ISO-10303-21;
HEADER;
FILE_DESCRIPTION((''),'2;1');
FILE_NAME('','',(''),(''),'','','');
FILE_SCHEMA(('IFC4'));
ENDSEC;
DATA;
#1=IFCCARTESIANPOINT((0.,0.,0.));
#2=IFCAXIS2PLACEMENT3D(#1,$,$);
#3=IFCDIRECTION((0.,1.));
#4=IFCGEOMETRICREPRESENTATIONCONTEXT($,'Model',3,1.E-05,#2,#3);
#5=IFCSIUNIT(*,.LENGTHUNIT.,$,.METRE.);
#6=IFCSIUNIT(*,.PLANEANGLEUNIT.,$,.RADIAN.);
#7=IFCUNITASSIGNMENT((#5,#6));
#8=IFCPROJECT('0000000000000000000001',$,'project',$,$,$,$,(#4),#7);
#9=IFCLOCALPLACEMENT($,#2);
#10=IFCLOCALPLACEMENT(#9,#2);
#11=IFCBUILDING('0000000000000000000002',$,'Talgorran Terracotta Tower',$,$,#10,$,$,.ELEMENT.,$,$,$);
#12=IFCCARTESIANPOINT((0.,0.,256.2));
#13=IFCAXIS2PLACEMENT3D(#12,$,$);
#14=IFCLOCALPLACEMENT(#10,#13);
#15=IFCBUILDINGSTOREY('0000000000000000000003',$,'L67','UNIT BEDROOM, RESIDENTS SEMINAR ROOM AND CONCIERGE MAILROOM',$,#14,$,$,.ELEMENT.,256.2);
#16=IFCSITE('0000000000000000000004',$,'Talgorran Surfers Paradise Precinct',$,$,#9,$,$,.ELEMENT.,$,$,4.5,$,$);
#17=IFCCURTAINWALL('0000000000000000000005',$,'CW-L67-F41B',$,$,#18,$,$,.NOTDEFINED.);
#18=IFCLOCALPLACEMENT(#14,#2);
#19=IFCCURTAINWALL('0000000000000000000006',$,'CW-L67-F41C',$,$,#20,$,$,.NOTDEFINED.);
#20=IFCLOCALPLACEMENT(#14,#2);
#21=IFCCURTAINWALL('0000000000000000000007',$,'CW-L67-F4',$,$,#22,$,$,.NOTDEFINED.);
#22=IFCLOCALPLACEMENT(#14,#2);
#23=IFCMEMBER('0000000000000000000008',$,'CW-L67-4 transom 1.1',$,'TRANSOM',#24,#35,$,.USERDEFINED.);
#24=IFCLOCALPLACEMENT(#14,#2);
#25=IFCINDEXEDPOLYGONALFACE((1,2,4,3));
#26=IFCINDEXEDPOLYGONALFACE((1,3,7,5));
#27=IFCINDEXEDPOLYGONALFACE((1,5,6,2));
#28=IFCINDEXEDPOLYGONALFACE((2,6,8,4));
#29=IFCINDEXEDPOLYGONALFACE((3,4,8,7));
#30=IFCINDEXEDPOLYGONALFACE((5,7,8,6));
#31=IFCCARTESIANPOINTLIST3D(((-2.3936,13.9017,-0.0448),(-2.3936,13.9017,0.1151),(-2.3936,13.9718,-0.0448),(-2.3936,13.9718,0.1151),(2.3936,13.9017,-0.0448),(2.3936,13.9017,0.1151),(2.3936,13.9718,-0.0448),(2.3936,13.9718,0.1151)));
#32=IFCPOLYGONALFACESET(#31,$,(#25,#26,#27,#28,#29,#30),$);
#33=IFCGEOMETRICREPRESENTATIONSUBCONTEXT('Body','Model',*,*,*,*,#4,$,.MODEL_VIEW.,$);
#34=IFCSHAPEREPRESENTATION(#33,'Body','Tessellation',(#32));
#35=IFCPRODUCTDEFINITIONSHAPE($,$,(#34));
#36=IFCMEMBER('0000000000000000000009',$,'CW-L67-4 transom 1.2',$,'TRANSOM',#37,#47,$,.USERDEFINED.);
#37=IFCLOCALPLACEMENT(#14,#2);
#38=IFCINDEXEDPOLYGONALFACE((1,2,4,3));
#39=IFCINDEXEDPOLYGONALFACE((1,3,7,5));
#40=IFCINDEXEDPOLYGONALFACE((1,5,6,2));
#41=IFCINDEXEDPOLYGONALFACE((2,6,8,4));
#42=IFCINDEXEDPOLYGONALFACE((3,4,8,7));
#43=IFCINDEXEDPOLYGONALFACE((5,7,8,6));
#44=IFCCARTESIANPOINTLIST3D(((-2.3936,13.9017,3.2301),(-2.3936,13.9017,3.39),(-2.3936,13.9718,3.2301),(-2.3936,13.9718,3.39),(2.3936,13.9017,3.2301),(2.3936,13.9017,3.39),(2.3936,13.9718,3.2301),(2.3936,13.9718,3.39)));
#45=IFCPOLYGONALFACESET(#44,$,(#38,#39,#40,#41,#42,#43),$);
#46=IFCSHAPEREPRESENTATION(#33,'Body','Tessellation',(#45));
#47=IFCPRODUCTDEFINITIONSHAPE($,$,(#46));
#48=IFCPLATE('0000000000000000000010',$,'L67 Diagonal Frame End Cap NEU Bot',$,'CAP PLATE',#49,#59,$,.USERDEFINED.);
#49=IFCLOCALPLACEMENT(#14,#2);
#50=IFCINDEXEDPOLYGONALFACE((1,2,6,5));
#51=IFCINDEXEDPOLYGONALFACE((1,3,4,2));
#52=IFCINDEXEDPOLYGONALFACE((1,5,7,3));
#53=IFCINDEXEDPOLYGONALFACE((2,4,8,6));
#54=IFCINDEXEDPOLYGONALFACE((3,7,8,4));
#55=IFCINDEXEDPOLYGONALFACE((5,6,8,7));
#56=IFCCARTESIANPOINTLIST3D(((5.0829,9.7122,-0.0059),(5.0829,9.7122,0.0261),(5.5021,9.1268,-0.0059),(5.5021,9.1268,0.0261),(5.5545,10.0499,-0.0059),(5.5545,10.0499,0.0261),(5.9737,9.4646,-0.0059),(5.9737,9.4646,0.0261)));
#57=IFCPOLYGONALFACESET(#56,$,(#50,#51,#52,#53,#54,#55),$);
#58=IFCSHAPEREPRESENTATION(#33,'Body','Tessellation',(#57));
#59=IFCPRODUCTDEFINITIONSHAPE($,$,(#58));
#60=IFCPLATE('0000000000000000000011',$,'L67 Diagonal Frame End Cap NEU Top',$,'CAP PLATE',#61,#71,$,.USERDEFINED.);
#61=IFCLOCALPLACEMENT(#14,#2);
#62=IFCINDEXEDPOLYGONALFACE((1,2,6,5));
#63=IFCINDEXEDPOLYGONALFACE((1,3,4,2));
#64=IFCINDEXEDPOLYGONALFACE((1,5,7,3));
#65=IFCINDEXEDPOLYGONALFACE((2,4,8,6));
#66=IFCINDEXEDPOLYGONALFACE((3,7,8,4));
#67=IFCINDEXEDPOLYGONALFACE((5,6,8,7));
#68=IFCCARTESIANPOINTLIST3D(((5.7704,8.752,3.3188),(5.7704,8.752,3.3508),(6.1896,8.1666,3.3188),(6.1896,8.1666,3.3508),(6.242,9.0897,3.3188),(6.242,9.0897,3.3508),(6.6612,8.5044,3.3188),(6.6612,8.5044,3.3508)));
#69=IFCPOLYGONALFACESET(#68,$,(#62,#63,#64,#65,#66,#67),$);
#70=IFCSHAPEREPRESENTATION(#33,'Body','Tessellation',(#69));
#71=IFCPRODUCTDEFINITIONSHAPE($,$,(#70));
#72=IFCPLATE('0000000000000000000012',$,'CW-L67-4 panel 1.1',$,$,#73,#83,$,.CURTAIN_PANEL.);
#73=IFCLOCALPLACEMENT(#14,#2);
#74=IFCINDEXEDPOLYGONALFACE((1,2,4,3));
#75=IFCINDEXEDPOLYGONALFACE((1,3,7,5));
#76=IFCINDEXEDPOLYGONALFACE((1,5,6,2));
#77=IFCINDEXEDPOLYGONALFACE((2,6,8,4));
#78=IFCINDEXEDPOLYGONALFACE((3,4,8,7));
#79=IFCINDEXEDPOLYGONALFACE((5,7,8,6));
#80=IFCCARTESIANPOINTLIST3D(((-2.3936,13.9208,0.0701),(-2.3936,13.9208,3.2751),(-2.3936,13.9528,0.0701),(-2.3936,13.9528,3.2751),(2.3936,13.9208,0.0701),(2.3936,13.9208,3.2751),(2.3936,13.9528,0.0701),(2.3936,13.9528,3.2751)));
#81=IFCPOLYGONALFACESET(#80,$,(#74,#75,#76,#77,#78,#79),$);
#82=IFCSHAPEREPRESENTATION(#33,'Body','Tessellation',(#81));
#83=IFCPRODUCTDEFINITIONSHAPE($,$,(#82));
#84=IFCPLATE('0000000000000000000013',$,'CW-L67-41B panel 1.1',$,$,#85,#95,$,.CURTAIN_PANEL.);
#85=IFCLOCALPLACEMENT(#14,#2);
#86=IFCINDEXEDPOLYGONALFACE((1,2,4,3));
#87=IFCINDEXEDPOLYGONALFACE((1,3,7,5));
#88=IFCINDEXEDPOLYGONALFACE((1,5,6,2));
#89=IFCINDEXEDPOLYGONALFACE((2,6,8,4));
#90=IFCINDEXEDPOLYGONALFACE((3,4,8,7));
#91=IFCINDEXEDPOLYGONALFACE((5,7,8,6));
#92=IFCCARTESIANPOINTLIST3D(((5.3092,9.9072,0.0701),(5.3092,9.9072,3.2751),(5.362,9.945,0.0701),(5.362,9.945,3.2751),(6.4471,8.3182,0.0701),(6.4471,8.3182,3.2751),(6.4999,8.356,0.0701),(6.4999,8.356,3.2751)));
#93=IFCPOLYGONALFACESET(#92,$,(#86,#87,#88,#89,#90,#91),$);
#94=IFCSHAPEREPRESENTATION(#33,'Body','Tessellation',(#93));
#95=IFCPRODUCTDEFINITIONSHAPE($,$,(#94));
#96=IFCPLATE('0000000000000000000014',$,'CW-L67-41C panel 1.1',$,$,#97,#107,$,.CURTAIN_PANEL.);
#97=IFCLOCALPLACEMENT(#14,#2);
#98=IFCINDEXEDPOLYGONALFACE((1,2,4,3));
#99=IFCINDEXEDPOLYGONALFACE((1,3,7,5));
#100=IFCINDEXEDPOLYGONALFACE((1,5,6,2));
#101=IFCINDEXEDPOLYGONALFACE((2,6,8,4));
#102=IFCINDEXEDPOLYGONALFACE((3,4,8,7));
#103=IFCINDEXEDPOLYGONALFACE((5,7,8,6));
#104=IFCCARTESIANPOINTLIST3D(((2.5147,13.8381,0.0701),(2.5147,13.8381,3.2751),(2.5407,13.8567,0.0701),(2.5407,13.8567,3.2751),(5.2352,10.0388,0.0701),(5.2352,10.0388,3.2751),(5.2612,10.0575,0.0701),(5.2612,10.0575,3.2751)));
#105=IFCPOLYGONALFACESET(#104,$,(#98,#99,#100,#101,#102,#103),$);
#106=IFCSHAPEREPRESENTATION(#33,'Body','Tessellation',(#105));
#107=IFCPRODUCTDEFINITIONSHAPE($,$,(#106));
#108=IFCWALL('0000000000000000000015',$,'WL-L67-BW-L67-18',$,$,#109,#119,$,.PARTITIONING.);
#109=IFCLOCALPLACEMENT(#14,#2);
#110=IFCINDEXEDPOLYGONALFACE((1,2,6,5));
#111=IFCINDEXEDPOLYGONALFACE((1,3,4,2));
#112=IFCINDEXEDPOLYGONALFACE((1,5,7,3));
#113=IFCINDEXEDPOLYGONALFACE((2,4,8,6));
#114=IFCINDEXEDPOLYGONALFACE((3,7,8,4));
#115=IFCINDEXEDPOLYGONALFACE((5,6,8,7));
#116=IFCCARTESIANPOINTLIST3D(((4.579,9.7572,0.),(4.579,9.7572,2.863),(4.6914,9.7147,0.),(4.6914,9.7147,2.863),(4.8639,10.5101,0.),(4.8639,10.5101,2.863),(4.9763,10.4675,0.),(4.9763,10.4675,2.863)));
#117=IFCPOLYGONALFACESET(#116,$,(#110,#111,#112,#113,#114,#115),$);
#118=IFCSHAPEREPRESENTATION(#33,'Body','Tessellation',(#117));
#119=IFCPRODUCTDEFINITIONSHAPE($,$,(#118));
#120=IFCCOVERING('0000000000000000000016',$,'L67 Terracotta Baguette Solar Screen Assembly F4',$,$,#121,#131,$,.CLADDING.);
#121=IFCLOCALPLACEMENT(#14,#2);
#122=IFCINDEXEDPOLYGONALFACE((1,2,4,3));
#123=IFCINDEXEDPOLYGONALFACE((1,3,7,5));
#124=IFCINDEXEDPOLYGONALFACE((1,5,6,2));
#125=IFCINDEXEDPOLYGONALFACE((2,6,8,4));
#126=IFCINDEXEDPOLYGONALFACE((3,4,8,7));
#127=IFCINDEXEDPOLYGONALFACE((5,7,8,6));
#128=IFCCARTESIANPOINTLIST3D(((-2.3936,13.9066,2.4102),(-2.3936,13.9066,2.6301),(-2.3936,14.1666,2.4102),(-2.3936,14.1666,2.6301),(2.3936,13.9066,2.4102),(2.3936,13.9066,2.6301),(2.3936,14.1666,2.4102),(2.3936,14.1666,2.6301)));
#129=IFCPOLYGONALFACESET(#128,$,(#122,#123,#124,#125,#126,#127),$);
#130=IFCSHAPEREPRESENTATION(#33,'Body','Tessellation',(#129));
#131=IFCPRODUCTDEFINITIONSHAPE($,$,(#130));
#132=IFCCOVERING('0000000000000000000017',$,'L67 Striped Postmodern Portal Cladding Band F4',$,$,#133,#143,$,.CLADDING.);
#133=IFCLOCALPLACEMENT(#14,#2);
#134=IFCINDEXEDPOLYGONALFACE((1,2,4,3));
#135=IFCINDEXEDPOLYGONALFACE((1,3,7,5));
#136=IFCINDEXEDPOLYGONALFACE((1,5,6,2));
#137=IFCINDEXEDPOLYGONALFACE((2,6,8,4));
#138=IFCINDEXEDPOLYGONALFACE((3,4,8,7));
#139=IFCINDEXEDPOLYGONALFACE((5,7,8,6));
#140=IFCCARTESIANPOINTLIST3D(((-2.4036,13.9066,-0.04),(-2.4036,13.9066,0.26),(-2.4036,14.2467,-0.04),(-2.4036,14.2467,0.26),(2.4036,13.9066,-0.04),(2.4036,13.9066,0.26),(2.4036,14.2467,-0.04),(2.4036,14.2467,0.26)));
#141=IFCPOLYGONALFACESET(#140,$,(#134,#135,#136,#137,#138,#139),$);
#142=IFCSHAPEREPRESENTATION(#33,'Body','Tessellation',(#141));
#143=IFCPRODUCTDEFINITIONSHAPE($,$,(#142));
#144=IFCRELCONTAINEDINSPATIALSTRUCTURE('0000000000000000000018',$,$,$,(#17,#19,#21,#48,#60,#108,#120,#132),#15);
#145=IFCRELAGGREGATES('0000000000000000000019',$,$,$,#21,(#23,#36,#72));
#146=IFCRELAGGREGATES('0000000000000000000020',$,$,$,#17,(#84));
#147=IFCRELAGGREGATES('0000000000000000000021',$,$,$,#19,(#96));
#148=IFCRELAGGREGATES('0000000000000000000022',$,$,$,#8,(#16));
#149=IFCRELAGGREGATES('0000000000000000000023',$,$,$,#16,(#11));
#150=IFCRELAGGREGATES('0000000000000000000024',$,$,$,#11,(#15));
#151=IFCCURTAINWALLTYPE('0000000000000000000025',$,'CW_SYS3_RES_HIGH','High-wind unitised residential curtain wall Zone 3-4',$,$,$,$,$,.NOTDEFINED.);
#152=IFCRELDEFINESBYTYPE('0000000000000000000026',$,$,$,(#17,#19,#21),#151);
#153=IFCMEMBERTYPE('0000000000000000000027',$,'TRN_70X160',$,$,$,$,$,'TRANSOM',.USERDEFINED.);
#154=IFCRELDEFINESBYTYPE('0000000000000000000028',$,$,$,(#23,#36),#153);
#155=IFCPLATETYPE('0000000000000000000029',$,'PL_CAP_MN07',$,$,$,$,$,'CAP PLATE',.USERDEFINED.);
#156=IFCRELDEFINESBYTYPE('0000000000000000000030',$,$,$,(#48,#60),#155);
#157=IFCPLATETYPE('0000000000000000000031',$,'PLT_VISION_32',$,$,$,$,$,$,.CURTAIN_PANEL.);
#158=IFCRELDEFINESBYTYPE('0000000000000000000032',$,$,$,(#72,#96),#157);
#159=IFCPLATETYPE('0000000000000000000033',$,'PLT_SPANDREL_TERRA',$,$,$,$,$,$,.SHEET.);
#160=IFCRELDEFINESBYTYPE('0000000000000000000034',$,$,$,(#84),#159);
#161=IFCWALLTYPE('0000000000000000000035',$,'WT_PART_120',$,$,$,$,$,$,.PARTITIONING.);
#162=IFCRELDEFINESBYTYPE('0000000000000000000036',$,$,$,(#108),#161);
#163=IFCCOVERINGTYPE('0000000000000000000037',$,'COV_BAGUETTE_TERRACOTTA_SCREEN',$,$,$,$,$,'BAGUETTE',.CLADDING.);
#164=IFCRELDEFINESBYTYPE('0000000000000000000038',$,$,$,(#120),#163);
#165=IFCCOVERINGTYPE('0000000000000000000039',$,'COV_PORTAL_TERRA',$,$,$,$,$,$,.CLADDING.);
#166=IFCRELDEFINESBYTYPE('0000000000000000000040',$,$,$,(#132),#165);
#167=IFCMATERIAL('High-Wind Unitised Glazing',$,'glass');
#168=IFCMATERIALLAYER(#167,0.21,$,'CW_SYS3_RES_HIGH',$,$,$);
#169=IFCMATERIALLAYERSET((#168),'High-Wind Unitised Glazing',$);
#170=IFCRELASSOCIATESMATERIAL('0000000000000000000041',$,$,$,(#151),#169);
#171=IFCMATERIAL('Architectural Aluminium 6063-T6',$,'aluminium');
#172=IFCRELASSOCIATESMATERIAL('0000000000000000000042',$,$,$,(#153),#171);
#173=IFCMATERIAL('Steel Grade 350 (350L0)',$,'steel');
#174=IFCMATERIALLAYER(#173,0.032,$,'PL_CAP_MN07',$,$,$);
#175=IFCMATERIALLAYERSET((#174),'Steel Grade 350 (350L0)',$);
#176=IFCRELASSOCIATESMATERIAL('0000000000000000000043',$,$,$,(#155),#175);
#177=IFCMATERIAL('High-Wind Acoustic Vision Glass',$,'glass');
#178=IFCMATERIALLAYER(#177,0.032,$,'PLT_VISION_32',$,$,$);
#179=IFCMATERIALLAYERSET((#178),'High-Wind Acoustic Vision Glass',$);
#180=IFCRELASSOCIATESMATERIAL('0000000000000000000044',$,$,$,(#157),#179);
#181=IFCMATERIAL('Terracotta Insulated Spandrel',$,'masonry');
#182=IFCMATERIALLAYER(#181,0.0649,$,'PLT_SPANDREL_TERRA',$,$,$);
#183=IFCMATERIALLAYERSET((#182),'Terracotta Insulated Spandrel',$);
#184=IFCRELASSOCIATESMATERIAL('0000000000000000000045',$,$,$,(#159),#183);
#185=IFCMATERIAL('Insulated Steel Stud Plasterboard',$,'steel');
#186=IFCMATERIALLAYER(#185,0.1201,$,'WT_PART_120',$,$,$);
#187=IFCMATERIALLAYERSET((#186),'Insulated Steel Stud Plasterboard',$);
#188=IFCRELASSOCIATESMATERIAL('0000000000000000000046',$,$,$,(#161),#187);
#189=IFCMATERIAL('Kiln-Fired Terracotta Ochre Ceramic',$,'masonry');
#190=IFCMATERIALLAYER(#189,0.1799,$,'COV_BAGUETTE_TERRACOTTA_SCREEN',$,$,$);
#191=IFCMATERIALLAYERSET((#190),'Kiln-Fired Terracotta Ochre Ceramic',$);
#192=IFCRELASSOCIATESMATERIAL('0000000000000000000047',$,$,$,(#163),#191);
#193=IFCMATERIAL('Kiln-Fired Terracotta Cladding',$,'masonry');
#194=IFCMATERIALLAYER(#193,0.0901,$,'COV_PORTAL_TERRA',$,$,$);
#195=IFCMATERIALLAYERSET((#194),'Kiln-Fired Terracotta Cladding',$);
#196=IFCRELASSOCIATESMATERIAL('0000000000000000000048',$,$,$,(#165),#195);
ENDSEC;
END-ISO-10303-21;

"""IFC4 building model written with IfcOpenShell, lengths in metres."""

from ifc_helpers import new_model, si_unit, direction, frame, frame_2d, origin, origin_2d, place, context, subcontext, project, spatial, rectangle, extrude, source, transform, mapped, material, layer, layer_set, material_profile, profile_set, type_object, type_shapes, element, aggregate, save


model = new_model("IFC4")

# Units and contexts
model_context = context("Model", 3, precision=1e-05, world=origin(), true_north=direction((0.0, 1.0)))
body_context = subcontext(model_context, "Body", "Model", "MODEL_VIEW")
ifc_project = project(units=[si_unit("LENGTHUNIT", "METRE"), si_unit("PLANEANGLEUNIT", "RADIAN")], contexts=[model_context])

# Site, building, storey
site_placement = place(None, origin())
site = spatial("IfcSite", under=ifc_project, at=site_placement, Name="Talgorran Surfers Paradise Precinct", CompositionType="ELEMENT", RefElevation=4.5)
building_placement = place(site_placement, origin())
building = spatial("IfcBuilding", under=site, at=building_placement, Name="Talgorran Terracotta Tower", CompositionType="ELEMENT")
storey_placement = place(building_placement, frame((0.0, 0.0, 256.2)))
storey = spatial("IfcBuildingStorey", under=building, at=storey_placement, Name="L67", Description="UNIT BEDROOM, RESIDENTS SEMINAR ROOM AND CONCIERGE MAILROOM", CompositionType="ELEMENT", Elevation=256.2)

# Shared definitions
ifc_material_1 = material(Name="Steel Grade 350 (350L0)", Category="steel")

# Curtain wall
ifc_material_2 = material(Name="High-Wind Unitised Glazing", Category="glass")
ifc_layer_1 = layer(ifc_material_2, 0.21, Name="CW_SYS3_RES_HIGH")
ifc_layer_set_1 = layer_set([ifc_layer_1], Name="High-Wind Unitised Glazing")
curtain_wall_type = type_object("IfcCurtainWallType", Name="CW_SYS3_RES_HIGH", Description="High-wind unitised residential curtain wall Zone 3-4", PredefinedType="NOTDEFINED", material=ifc_layer_set_1)
curtain_wall_1_placement = place(storey_placement, origin())
curtain_wall_1 = element("IfcCurtainWall", 1, at=curtain_wall_1_placement, inside=storey, type_object=curtain_wall_type, Name="CW-L67-F41B", PredefinedType="NOTDEFINED")
ifc_material_3 = material(Name="Architectural Aluminium 6063-T6", Category="aluminium")

# Curtain wall
curtain_wall_2_placement = place(storey_placement, origin())
curtain_wall_2 = element("IfcCurtainWall", 2, at=curtain_wall_2_placement, inside=storey, type_object=curtain_wall_type, Name="CW-L67-F41C", PredefinedType="NOTDEFINED")

# Curtain wall
curtain_wall_3_placement = place(storey_placement, origin())
curtain_wall_3 = element("IfcCurtainWall", 3, at=curtain_wall_3_placement, inside=storey, type_object=curtain_wall_type, Name="CW-L67-F4", PredefinedType="NOTDEFINED")

# Members
ifc_material_profile_1 = material_profile(ifc_material_3, rectangle(XDim=0.0701, YDim=0.1599, at=origin_2d()), Name="CWT70X160")
ifc_profile_set_1 = profile_set([ifc_material_profile_1], Name="Architectural Aluminium 6063-T6")
member_type_1 = type_object("IfcMemberType", Name="TRN_70X160", ElementType="TRANSOM", PredefinedType="USERDEFINED", material=ifc_profile_set_1)
member_1_placement = place(storey_placement, frame((2.3936, 13.9368, 0.0352), z_axis=(-1.0, 0.0, 0.0), x_axis=(0.0, -1.0, 0.0)))
member_1 = element("IfcMember", 4, at=member_1_placement, type_object=member_type_1, Name="CW-L67-4 transom 1.1", ObjectType="TRANSOM", PredefinedType="USERDEFINED", context=body_context, shape_type="SweptSolid", body=[
    extrude(rectangle(XDim=0.0701, YDim=0.1599, at=origin_2d()), origin(), (0.0, 0.0, 1.0), 4.7871),
])
member_2_placement = place(storey_placement, frame((2.3936, 13.9368, 3.3101), z_axis=(-1.0, 0.0, 0.0), x_axis=(0.0, -1.0, 0.0)))
member_2 = element("IfcMember", 5, at=member_2_placement, type_object=member_type_1, Name="CW-L67-4 transom 1.2", ObjectType="TRANSOM", PredefinedType="USERDEFINED", context=body_context, shape_type="SweptSolid", body=[
    extrude(rectangle(XDim=0.0701, YDim=0.1599, at=origin_2d()), origin(), (0.0, 0.0, 1.0), 4.7871),
])

# Plates
ifc_layer_2 = layer(ifc_material_1, 0.032, Name="PL_CAP_MN07")
ifc_layer_set_2 = layer_set([ifc_layer_2], Name="Steel Grade 350 (350L0)")
plate_type_1 = type_object("IfcPlateType", Name="PL_CAP_MN07", ElementType="CAP PLATE", PredefinedType="USERDEFINED", material=ifc_layer_set_2)
for number, where, z_axis, x_axis, name in (
    (6, (5.5283, 9.5884, -0.0059), (0.0, 0.0, 1.0), (0.582265, -0.812999, 0.0), "L67 Diagonal Frame End Cap NEU Bot"),
    (7, (6.2158, 8.6282, 3.3188), (0.0, 0.0, 1.0), (0.582265, -0.812999, 0.0), "L67 Diagonal Frame End Cap NEU Top"),
):
    element("IfcPlate", number, at=place(storey_placement, frame(where, z_axis=z_axis, x_axis=x_axis)), inside=storey, type_object=plate_type_1, Name=name, ObjectType="CAP PLATE", PredefinedType="USERDEFINED", context=body_context, shape_type="SweptSolid", body=[
        extrude(rectangle(XDim=0.72, YDim=0.5801, at=origin_2d()), origin(), (0.0, 0.0, 1.0), 0.032),
    ])

# Plates
ifc_material_4 = material(Name="High-Wind Acoustic Vision Glass", Category="glass")
ifc_layer_3 = layer(ifc_material_4, 0.032, Name="PLT_VISION_32")
ifc_layer_set_3 = layer_set([ifc_layer_3], Name="High-Wind Acoustic Vision Glass")
plate_type_2 = type_object("IfcPlateType", Name="PLT_VISION_32", PredefinedType="CURTAIN_PANEL", material=ifc_layer_set_3)
shared_shape_1 = source(origin(), body_context, "Body", "SweptSolid", [
    extrude(rectangle(XDim=4.7871, YDim=0.032, at=origin_2d()), origin(), (0.0, 0.0, 1.0), 3.2051),
])
plate_1_placement = place(storey_placement, frame((0.0, 13.9368, 0.0701), z_axis=(0.0, 0.0, 1.0), x_axis=(-1.0, 0.0, 0.0)))
plate_1 = element("IfcPlate", 8, at=plate_1_placement, type_object=plate_type_2, Name="CW-L67-4 panel 1.1", PredefinedType="CURTAIN_PANEL", context=body_context, shape_type="MappedRepresentation", body=[
    mapped(shared_shape_1, transform((0.0, 0.0, 0.0), scale=1.0)),
])
aggregate(curtain_wall_3, [member_1, member_2, plate_1])
ifc_material_5 = material(Name="Terracotta Insulated Spandrel", Category="masonry")
ifc_layer_4 = layer(ifc_material_5, 0.0649, Name="PLT_SPANDREL_TERRA")
ifc_layer_set_4 = layer_set([ifc_layer_4], Name="Terracotta Insulated Spandrel")
plate_type_3 = type_object("IfcPlateType", Name="PLT_SPANDREL_TERRA", PredefinedType="SHEET", material=ifc_layer_set_4)
shared_shape_2 = source(origin(), body_context, "Body", "SweptSolid", [
    extrude(rectangle(XDim=1.9543, YDim=0.0649, at=origin_2d()), origin(), (0.0, 0.0, 1.0), 3.2051),
])
type_shapes(plate_type_3, [shared_shape_2])
plate_2_placement = place(storey_placement, frame((5.9045, 9.1316, 0.0701), z_axis=(0.0, 0.0, 1.0), x_axis=(-0.582222, 0.81303, 0.0)))
plate_2 = element("IfcPlate", 9, at=plate_2_placement, type_object=plate_type_3, Name="CW-L67-41B panel 1.1", PredefinedType="CURTAIN_PANEL", context=body_context, shape_type="MappedRepresentation", body=[
    mapped(shared_shape_2, transform((0.0, 0.0, 0.0), scale=1.0)),
])
aggregate(curtain_wall_1, [plate_2])
shared_shape_3 = source(origin(), body_context, "Body", "SweptSolid", [
    extrude(rectangle(XDim=4.6729, YDim=0.032, at=origin_2d()), origin(), (0.0, 0.0, 1.0), 3.2051),
])
type_shapes(plate_type_2, [shared_shape_1, shared_shape_3])
plate_3_placement = place(storey_placement, frame((3.8879, 11.9478, 0.0701), z_axis=(0.0, 0.0, 1.0), x_axis=(-0.582205, 0.813042, 0.0)))
plate_3 = element("IfcPlate", 10, at=plate_3_placement, type_object=plate_type_2, Name="CW-L67-41C panel 1.1", PredefinedType="CURTAIN_PANEL", context=body_context, shape_type="MappedRepresentation", body=[
    mapped(shared_shape_3, transform((0.0, 0.0, 0.0), scale=1.0)),
])
aggregate(curtain_wall_2, [plate_3])

# Wall
ifc_material_6 = material(Name="Insulated Steel Stud Plasterboard", Category="steel")
ifc_layer_5 = layer(ifc_material_6, 0.1201, Name="WT_PART_120")
ifc_layer_set_5 = layer_set([ifc_layer_5], Name="Insulated Steel Stud Plasterboard")
wall_type = type_object("IfcWallType", Name="WT_PART_120", PredefinedType="PARTITIONING", material=ifc_layer_set_5)
wall_placement = place(storey_placement, frame((4.6353, 9.7361, 0.0), z_axis=(0.0, 0.0, 1.0), x_axis=(0.353914, 0.935278, 0.0)))
element("IfcWall", 11, at=wall_placement, inside=storey, type_object=wall_type, Name="WL-L67-BW-L67-18", PredefinedType="PARTITIONING", context=body_context, shape_type="SweptSolid", body=[
    extrude(rectangle(XDim=0.8049, YDim=0.1201, at=frame_2d((0.4023, 0.0))), origin(), (0.0, 0.0, 1.0), 2.863),
])

# Coverings
ifc_material_7 = material(Name="Kiln-Fired Terracotta Ochre Ceramic", Category="masonry")
ifc_layer_6 = layer(ifc_material_7, 0.1799, Name="COV_BAGUETTE_TERRACOTTA_SCREEN")
ifc_layer_set_6 = layer_set([ifc_layer_6], Name="Kiln-Fired Terracotta Ochre Ceramic")
covering_type_1 = type_object("IfcCoveringType", Name="COV_BAGUETTE_TERRACOTTA_SCREEN", ElementType="BAGUETTE", PredefinedType="CLADDING", material=ifc_layer_set_6)
covering_1_placement = place(storey_placement, frame((0.0, 14.0366, 2.4102), z_axis=(0.0, 0.0, 1.0), x_axis=(-1.0, 0.0, 0.0)))
element("IfcCovering", 12, at=covering_1_placement, inside=storey, type_object=covering_type_1, Name="L67 Terracotta Baguette Solar Screen Assembly F4", PredefinedType="CLADDING", context=body_context, shape_type="SweptSolid", body=[
    extrude(rectangle(XDim=4.7871, YDim=0.26, at=origin_2d()), origin(), (0.0, 0.0, 1.0), 0.22),
])
ifc_material_8 = material(Name="Kiln-Fired Terracotta Cladding", Category="masonry")
ifc_layer_7 = layer(ifc_material_8, 0.0901, Name="COV_PORTAL_TERRA")
ifc_layer_set_7 = layer_set([ifc_layer_7], Name="Kiln-Fired Terracotta Cladding")
covering_type_2 = type_object("IfcCoveringType", Name="COV_PORTAL_TERRA", PredefinedType="CLADDING", material=ifc_layer_set_7)
covering_2_placement = place(storey_placement, frame((0.0, 14.0767, -0.04), z_axis=(0.0, 0.0, 1.0), x_axis=(-1.0, 0.0, 0.0)))
element("IfcCovering", 13, at=covering_2_placement, inside=storey, type_object=covering_type_2, Name="L67 Striped Postmodern Portal Cladding Band F4", PredefinedType="CLADDING", context=body_context, shape_type="SweptSolid", body=[
    extrude(rectangle(XDim=4.8071, YDim=0.3401, at=origin_2d()), origin(), (0.0, 0.0, 1.0), 0.3),
])

save(model, "model.ifc")
